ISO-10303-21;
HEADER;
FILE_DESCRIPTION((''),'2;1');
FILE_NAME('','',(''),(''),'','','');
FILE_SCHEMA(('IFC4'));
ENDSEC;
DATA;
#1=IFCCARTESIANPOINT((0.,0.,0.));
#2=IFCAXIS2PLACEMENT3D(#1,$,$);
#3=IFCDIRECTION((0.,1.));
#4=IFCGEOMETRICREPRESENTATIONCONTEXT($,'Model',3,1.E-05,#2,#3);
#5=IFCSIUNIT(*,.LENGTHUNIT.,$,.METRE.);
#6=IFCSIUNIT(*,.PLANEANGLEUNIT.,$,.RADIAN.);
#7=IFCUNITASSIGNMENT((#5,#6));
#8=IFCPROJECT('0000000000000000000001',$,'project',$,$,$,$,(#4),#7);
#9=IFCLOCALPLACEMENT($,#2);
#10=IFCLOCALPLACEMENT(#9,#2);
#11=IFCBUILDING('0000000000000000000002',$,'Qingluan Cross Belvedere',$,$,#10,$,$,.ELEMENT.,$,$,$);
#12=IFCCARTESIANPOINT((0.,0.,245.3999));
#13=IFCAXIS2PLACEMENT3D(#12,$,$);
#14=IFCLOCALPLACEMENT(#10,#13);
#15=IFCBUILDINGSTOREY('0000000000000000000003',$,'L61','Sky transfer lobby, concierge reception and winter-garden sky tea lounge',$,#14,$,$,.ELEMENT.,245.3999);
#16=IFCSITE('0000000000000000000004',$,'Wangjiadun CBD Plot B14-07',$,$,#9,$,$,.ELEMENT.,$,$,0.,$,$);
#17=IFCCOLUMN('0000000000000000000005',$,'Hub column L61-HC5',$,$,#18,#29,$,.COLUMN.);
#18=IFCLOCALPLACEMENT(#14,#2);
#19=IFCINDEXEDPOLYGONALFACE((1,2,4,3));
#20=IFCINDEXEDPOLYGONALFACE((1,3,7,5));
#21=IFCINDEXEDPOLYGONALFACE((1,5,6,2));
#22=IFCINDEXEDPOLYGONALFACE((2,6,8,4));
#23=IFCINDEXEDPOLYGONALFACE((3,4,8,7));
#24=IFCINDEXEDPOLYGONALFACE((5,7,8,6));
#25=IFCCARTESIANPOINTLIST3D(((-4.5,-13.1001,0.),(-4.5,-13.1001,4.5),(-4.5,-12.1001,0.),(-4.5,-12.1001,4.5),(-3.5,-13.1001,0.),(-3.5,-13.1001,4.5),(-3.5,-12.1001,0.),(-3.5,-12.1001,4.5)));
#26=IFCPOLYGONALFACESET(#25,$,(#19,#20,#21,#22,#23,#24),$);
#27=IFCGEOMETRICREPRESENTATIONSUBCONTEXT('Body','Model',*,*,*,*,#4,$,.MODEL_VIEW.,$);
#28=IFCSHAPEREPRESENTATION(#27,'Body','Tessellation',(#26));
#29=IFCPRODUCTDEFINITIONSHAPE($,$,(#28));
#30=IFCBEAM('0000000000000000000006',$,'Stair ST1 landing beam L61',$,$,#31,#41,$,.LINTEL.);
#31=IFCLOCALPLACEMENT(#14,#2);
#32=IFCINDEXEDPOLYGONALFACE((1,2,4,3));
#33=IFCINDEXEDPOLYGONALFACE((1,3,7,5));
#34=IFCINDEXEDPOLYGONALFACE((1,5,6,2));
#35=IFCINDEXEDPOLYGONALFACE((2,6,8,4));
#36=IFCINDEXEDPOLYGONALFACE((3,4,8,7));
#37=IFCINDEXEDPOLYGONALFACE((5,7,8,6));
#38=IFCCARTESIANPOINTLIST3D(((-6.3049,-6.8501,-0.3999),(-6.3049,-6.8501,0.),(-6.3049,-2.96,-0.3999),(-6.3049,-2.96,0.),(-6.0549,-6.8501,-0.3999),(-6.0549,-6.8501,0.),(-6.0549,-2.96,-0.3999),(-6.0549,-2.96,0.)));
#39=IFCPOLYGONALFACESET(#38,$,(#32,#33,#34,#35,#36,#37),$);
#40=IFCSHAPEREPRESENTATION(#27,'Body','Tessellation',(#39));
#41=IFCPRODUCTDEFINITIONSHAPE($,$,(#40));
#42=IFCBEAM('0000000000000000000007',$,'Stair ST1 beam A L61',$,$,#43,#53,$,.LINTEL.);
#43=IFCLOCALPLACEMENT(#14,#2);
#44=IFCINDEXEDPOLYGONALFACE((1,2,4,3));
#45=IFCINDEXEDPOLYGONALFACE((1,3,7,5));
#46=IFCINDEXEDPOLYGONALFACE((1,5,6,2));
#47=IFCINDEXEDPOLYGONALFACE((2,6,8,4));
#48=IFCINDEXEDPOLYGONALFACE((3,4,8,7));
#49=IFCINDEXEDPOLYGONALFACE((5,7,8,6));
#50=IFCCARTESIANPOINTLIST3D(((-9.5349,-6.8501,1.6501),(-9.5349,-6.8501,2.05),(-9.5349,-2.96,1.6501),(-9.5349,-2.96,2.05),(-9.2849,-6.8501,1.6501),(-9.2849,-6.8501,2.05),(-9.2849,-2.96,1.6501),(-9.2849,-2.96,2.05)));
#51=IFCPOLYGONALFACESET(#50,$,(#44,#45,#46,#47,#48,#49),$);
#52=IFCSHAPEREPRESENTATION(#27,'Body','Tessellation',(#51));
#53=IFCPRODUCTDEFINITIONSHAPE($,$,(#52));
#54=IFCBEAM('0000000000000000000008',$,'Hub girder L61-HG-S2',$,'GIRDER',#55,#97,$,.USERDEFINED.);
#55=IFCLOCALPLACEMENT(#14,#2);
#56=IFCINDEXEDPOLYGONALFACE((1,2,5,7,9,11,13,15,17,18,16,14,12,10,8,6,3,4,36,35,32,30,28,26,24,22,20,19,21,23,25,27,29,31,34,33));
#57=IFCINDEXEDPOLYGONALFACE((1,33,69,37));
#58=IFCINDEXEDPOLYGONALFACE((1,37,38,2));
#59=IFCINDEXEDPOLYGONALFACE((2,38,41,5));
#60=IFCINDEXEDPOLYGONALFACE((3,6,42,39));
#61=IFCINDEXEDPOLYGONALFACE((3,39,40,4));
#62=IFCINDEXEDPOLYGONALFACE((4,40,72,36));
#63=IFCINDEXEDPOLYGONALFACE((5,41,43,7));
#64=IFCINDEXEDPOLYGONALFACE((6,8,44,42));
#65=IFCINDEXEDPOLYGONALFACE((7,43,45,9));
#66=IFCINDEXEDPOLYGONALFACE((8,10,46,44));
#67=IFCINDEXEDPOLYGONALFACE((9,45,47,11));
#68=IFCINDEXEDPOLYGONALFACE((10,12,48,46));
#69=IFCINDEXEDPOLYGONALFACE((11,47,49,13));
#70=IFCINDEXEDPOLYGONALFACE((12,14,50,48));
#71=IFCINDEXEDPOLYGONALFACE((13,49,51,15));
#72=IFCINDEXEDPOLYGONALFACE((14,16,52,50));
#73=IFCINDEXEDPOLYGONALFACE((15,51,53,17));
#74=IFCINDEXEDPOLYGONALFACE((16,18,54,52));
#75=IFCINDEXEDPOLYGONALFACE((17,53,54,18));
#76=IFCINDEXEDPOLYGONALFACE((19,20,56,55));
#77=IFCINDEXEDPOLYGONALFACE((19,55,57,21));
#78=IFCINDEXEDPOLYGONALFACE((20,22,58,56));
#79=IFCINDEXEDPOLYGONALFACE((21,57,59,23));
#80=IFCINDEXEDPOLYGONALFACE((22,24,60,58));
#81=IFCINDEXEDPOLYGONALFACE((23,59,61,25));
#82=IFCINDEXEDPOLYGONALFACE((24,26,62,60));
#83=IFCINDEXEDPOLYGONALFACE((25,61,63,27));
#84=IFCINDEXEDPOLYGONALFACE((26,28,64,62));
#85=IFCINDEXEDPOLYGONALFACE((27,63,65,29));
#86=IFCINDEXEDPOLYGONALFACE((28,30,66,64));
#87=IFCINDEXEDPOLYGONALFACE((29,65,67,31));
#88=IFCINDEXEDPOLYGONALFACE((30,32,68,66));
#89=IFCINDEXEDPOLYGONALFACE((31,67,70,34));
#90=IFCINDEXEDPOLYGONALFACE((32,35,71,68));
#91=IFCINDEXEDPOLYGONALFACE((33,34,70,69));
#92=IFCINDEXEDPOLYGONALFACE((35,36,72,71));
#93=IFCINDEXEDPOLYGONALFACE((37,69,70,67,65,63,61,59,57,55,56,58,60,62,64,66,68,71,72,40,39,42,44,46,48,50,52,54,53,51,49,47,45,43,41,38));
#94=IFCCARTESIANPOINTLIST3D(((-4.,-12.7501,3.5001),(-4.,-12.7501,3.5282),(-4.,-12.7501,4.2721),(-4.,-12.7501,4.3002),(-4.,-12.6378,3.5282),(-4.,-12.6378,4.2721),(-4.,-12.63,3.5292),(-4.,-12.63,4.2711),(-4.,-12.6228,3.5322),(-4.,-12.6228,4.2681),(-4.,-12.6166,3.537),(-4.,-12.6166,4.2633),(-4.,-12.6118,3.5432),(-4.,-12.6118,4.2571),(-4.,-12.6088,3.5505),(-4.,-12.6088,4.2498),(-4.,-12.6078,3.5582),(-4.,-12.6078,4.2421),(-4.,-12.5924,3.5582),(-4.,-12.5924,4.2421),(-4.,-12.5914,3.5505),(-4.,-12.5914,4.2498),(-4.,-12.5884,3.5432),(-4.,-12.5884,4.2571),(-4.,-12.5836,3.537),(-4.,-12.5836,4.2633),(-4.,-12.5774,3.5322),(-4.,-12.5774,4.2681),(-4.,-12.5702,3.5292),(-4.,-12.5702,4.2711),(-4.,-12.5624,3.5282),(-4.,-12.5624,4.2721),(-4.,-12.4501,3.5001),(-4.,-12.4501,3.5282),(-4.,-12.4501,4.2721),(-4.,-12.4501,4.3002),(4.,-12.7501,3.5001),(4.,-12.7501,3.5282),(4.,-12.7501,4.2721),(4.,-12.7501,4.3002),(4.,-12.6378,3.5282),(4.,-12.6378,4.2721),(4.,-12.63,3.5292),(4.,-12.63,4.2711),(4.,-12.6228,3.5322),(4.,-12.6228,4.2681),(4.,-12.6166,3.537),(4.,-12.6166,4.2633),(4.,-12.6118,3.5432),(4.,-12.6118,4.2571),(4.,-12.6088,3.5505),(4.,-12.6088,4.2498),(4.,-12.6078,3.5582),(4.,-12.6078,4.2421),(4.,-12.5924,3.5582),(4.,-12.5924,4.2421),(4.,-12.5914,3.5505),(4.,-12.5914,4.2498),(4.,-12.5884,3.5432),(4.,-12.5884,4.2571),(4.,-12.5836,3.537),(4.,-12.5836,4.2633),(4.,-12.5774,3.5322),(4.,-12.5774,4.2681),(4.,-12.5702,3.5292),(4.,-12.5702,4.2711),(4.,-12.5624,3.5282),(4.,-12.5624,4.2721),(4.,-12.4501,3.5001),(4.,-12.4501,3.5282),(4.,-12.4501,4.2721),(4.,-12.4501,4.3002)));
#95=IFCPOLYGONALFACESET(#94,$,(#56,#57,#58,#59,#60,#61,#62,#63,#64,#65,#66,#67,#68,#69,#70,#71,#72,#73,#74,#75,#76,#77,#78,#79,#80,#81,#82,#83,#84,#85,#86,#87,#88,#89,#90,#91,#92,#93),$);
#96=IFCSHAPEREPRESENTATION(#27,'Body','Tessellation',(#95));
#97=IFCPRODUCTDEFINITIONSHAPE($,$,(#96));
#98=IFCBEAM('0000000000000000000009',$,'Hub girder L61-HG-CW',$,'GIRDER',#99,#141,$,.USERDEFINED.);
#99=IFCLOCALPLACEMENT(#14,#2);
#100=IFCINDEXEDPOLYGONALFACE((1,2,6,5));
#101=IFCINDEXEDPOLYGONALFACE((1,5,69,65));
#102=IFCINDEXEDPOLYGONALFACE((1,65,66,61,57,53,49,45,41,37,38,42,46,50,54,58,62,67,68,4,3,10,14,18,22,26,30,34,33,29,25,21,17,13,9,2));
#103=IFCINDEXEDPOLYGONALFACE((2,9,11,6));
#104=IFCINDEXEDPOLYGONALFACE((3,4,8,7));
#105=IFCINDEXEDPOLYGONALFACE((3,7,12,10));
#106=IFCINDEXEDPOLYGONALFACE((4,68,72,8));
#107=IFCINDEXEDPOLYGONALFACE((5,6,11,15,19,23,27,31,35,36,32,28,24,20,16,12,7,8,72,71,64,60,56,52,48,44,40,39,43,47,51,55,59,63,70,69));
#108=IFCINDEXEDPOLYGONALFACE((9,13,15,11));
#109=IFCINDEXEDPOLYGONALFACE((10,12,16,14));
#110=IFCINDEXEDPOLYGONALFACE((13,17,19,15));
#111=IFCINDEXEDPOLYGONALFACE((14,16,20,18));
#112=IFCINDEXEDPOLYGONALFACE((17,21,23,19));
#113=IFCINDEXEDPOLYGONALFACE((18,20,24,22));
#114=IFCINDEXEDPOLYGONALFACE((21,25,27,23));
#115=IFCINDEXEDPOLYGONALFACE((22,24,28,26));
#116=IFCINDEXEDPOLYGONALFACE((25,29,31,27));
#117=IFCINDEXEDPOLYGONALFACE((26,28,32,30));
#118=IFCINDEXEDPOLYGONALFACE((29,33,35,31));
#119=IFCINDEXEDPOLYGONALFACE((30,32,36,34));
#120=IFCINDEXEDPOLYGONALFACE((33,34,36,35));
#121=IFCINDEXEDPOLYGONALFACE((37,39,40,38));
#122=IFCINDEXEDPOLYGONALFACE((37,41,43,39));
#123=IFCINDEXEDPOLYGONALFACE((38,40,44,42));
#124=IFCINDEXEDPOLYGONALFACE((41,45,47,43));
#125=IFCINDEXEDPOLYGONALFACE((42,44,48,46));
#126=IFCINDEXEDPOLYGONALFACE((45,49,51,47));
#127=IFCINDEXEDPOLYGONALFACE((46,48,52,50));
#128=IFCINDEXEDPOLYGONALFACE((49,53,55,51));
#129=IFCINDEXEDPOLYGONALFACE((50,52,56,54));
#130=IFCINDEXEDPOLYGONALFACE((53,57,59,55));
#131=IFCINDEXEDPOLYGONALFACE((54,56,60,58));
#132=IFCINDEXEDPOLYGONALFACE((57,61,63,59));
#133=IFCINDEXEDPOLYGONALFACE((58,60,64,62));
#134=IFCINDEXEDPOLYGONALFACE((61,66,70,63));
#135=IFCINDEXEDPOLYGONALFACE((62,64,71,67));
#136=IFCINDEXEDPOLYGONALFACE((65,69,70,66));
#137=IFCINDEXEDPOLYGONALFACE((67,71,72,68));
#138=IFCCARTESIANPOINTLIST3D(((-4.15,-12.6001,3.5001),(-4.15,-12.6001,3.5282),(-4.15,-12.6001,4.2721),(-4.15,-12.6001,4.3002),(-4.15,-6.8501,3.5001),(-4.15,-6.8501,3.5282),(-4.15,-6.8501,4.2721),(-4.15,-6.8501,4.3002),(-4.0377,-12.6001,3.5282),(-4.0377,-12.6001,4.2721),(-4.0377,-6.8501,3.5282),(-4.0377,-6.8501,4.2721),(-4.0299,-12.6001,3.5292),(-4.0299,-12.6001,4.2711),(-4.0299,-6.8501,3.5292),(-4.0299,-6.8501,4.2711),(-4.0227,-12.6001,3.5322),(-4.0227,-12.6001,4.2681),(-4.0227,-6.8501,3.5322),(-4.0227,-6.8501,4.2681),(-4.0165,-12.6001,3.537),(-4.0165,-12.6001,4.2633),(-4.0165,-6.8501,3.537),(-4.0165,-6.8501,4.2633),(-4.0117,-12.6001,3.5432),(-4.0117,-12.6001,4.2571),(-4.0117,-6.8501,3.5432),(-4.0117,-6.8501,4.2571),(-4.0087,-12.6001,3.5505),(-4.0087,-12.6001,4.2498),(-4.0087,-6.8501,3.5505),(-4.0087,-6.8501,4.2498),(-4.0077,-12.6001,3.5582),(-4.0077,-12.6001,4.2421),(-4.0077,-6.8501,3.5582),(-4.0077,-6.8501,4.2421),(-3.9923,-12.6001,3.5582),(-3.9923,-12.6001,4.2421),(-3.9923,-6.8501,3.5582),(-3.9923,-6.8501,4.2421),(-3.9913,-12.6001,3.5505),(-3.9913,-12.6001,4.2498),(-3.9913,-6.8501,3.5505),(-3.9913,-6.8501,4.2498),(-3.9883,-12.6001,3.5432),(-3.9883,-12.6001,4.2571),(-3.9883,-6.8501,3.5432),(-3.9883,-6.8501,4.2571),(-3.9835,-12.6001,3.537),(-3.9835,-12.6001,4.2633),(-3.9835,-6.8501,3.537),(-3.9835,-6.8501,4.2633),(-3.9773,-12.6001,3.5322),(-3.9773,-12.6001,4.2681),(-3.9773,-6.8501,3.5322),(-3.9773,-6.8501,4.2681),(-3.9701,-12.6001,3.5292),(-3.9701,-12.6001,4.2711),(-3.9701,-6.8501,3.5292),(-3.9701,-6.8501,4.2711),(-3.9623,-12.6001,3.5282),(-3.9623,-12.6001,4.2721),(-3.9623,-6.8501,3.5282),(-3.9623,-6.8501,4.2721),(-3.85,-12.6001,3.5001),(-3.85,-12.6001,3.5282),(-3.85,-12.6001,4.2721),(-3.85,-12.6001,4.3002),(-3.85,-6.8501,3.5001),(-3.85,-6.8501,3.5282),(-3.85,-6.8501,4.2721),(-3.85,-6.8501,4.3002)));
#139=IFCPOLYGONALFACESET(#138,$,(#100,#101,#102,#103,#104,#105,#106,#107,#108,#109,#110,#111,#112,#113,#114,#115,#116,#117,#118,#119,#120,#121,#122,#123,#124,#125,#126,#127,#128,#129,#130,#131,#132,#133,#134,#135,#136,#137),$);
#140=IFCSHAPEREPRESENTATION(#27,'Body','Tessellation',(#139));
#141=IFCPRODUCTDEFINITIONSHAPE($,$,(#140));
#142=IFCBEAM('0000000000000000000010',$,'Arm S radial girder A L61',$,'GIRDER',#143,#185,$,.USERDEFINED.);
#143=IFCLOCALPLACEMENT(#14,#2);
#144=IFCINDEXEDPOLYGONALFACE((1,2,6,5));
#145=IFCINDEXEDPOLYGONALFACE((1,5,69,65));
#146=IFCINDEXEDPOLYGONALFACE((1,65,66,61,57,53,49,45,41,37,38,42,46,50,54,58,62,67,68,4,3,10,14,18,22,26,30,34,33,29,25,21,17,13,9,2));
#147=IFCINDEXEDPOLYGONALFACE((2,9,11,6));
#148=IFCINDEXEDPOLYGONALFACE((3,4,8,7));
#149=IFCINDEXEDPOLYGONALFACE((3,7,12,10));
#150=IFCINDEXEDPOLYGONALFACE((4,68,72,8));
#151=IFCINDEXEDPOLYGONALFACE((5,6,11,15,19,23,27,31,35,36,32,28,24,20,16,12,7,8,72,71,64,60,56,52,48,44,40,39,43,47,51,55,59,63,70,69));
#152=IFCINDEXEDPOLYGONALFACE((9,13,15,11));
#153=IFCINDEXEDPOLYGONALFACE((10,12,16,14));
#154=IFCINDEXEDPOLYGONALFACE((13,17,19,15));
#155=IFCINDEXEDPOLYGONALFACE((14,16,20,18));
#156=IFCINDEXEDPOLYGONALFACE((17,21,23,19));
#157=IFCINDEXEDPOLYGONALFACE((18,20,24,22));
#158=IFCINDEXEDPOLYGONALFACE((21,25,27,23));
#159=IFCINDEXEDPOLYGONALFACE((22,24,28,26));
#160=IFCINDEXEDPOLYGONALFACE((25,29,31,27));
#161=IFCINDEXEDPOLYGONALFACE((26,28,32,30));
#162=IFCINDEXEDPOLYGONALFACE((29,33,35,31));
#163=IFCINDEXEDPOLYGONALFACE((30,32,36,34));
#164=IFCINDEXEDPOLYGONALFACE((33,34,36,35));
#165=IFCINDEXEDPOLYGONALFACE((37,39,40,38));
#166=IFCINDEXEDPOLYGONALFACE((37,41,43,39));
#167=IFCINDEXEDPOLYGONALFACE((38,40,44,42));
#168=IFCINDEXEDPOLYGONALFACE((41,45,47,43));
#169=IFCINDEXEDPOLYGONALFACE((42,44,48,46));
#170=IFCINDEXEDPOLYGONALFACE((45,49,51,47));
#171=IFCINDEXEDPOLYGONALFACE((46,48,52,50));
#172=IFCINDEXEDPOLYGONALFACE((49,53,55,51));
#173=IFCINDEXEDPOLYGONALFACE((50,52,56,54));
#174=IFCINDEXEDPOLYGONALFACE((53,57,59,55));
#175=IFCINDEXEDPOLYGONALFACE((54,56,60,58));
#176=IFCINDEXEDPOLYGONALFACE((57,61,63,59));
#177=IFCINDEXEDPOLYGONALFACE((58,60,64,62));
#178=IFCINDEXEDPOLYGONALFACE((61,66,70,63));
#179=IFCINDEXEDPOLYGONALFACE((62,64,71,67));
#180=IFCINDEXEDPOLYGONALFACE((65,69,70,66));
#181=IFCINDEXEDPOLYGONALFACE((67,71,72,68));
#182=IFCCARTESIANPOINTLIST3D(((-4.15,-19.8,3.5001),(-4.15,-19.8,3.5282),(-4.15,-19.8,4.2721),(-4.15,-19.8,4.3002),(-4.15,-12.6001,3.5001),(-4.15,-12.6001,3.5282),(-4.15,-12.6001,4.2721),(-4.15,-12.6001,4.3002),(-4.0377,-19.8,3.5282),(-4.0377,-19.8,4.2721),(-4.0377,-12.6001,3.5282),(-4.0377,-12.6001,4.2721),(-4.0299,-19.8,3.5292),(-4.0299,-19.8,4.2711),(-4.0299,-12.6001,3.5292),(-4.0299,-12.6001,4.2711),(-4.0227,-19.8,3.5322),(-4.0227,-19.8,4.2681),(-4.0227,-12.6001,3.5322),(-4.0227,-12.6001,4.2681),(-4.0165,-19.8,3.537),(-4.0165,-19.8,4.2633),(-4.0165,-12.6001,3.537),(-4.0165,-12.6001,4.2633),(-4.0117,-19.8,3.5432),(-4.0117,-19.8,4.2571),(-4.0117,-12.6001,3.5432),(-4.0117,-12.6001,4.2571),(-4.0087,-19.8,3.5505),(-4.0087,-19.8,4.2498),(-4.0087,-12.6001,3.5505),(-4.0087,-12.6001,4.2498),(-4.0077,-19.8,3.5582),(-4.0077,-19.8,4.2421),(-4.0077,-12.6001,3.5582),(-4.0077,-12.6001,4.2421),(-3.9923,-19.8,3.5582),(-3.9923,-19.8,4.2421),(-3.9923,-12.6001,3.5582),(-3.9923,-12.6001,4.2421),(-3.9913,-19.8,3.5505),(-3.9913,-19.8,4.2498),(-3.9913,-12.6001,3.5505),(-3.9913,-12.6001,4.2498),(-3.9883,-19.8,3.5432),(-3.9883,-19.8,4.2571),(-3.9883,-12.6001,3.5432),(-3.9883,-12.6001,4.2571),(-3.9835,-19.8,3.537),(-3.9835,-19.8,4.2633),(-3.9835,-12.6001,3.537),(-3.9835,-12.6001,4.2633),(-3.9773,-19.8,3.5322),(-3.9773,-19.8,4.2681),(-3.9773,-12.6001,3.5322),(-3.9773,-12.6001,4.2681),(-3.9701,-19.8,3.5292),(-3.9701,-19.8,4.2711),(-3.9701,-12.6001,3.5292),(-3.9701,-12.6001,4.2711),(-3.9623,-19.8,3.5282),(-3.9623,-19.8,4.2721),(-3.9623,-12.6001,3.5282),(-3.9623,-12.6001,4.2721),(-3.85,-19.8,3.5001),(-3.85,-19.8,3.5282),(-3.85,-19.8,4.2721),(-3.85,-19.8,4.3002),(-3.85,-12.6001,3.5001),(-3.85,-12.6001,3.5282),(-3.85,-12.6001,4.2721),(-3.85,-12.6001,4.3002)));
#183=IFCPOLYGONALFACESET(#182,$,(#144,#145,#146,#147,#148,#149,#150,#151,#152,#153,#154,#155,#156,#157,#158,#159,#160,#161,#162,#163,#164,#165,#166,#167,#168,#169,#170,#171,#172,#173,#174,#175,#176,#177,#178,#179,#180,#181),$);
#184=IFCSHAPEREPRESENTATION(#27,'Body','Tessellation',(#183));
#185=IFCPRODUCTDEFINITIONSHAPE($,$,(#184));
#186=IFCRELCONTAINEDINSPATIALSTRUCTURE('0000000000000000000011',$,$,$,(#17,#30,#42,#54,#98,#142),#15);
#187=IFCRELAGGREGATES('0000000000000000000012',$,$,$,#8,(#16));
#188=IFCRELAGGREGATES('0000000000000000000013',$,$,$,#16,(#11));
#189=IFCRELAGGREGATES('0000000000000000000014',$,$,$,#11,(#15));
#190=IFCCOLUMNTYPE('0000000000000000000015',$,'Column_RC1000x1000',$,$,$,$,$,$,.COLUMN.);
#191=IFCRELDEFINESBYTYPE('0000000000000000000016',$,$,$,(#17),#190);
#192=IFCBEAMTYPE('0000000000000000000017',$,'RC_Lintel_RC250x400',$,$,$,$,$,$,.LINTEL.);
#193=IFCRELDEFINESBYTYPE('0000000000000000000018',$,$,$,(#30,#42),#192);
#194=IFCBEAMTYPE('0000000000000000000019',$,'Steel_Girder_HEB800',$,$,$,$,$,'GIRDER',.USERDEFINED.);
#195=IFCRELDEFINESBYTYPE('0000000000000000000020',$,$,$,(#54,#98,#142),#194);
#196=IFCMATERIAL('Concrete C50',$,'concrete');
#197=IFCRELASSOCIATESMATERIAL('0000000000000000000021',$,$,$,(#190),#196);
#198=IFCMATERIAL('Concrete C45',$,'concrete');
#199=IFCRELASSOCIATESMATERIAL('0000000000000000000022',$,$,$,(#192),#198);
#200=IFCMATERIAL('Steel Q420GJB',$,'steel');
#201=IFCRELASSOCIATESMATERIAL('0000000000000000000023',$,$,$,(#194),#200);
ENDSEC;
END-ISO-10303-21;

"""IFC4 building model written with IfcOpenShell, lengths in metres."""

from ifc_helpers import new_model, si_unit, direction, frame, origin, origin_2d, place, context, subcontext, project, spatial, rectangle, i_section, extrude, material, material_profile, profile_set, type_object, element, save


model = new_model("IFC4")

# Units and contexts
model_context = context("Model", 3, precision=1e-05, world=origin(), true_north=direction((0.0, 1.0)))
body_context = subcontext(model_context, "Body", "Model", "MODEL_VIEW")
ifc_project = project(units=[si_unit("LENGTHUNIT", "METRE"), si_unit("PLANEANGLEUNIT", "RADIAN")], contexts=[model_context])

# Site, building, storey
site_placement = place(None, origin())
site = spatial("IfcSite", under=ifc_project, at=site_placement, Name="Wangjiadun CBD Plot B14-07", CompositionType="ELEMENT", RefElevation=0.0)
building_placement = place(site_placement, origin())
building = spatial("IfcBuilding", under=site, at=building_placement, Name="Qingluan Cross Belvedere", CompositionType="ELEMENT")
storey_placement = place(building_placement, frame((0.0, 0.0, 245.3999)))
storey = spatial("IfcBuildingStorey", under=building, at=storey_placement, Name="L61", Description="Sky transfer lobby, concierge reception and winter-garden sky tea lounge", CompositionType="ELEMENT", Elevation=245.3999)

# Column
ifc_material_1 = material(Name="Concrete C50", Category="concrete")
ifc_material_profile_1 = material_profile(ifc_material_1, rectangle(XDim=1.0, YDim=1.0, at=origin_2d()), Name="RC1000x1000")
ifc_profile_set_1 = profile_set([ifc_material_profile_1], Name="Concrete C50")
column_type = type_object("IfcColumnType", Name="Column_RC1000x1000", PredefinedType="COLUMN", material=ifc_profile_set_1)
column_placement = place(storey_placement, frame((-4.0, -12.6001, 0.0), z_axis=(0.0, 0.0, 1.0), x_axis=(1.0, 0.0, 0.0)))
element("IfcColumn", 1, at=column_placement, inside=storey, type_object=column_type, Name="Hub column L61-HC5", PredefinedType="COLUMN", context=body_context, shape_type="SweptSolid", body=[
    extrude(rectangle(XDim=1.0, YDim=1.0, at=origin_2d()), origin(), (0.0, 0.0, 1.0), 4.5),
])

# Beams
ifc_material_2 = material(Name="Concrete C45", Category="concrete")
ifc_material_profile_2 = material_profile(ifc_material_2, rectangle(XDim=0.25, YDim=0.3999, at=origin_2d()), Name="RC250x400")
ifc_profile_set_2 = profile_set([ifc_material_profile_2], Name="Concrete C45")
beam_type_1 = type_object("IfcBeamType", Name="RC_Lintel_RC250x400", PredefinedType="LINTEL", material=ifc_profile_set_2)
for number, where, z_axis, x_axis, name in (
    (2, (-6.1799, -6.8501, -0.2), (0.0, 1.0, 0.0), (-1.0, 0.0, 0.0), "Stair ST1 landing beam L61"),
    (3, (-9.4099, -6.8501, 1.8501), (0.0, 1.0, 0.0), (-1.0, 0.0, 0.0), "Stair ST1 beam A L61"),
):
    element("IfcBeam", number, at=place(storey_placement, frame(where, z_axis=z_axis, x_axis=x_axis)), inside=storey, type_object=beam_type_1, Name=name, PredefinedType="LINTEL", context=body_context, shape_type="SweptSolid", body=[
        extrude(rectangle(XDim=0.25, YDim=0.3999, at=origin_2d()), origin(), (0.0, 0.0, 1.0), 3.8901),
    ])
ifc_material_3 = material(Name="Steel Q420GJB", Category="steel")
ifc_material_profile_3 = material_profile(ifc_material_3, i_section(OverallWidth=0.3, OverallDepth=0.8, WebThickness=0.0154, FlangeThickness=0.0281, FilletRadius=0.03, at=origin_2d()), Name="HEB800")
ifc_profile_set_3 = profile_set([ifc_material_profile_3], Name="Steel Q420GJB")
beam_type_2 = type_object("IfcBeamType", Name="Steel_Girder_HEB800", ElementType="GIRDER", PredefinedType="USERDEFINED", material=ifc_profile_set_3)
beam_1_placement = place(storey_placement, frame((-4.0, -12.6001, 3.9001), z_axis=(1.0, 0.0, 0.0), x_axis=(0.0, 1.0, 0.0)))
element("IfcBeam", 4, at=beam_1_placement, inside=storey, type_object=beam_type_2, Name="Hub girder L61-HG-S2", ObjectType="GIRDER", PredefinedType="USERDEFINED", context=body_context, shape_type="SweptSolid", body=[
    extrude(i_section(OverallWidth=0.3, OverallDepth=0.8, WebThickness=0.0154, FlangeThickness=0.0281, FilletRadius=0.03, at=origin_2d()), origin(), (0.0, 0.0, 1.0), 8.0),
])
beam_2_placement = place(storey_placement, frame((-4.0, -12.6001, 3.9001), z_axis=(0.0, 1.0, 0.0), x_axis=(-1.0, 0.0, 0.0)))
element("IfcBeam", 5, at=beam_2_placement, inside=storey, type_object=beam_type_2, Name="Hub girder L61-HG-CW", ObjectType="GIRDER", PredefinedType="USERDEFINED", context=body_context, shape_type="SweptSolid", body=[
    extrude(i_section(OverallWidth=0.3, OverallDepth=0.8, WebThickness=0.0154, FlangeThickness=0.0281, FilletRadius=0.03, at=origin_2d()), origin(), (0.0, 0.0, 1.0), 5.75),
])
beam_3_placement = place(storey_placement, frame((-4.0, -12.6001, 3.9001), z_axis=(0.0, -1.0, 0.0), x_axis=(1.0, 0.0, 0.0)))
element("IfcBeam", 6, at=beam_3_placement, inside=storey, type_object=beam_type_2, Name="Arm S radial girder A L61", ObjectType="GIRDER", PredefinedType="USERDEFINED", context=body_context, shape_type="SweptSolid", body=[
    extrude(i_section(OverallWidth=0.3, OverallDepth=0.8, WebThickness=0.0154, FlangeThickness=0.0281, FilletRadius=0.03, at=origin_2d()), origin(), (0.0, 0.0, 1.0), 7.2),
])

save(model, "model.ifc")
